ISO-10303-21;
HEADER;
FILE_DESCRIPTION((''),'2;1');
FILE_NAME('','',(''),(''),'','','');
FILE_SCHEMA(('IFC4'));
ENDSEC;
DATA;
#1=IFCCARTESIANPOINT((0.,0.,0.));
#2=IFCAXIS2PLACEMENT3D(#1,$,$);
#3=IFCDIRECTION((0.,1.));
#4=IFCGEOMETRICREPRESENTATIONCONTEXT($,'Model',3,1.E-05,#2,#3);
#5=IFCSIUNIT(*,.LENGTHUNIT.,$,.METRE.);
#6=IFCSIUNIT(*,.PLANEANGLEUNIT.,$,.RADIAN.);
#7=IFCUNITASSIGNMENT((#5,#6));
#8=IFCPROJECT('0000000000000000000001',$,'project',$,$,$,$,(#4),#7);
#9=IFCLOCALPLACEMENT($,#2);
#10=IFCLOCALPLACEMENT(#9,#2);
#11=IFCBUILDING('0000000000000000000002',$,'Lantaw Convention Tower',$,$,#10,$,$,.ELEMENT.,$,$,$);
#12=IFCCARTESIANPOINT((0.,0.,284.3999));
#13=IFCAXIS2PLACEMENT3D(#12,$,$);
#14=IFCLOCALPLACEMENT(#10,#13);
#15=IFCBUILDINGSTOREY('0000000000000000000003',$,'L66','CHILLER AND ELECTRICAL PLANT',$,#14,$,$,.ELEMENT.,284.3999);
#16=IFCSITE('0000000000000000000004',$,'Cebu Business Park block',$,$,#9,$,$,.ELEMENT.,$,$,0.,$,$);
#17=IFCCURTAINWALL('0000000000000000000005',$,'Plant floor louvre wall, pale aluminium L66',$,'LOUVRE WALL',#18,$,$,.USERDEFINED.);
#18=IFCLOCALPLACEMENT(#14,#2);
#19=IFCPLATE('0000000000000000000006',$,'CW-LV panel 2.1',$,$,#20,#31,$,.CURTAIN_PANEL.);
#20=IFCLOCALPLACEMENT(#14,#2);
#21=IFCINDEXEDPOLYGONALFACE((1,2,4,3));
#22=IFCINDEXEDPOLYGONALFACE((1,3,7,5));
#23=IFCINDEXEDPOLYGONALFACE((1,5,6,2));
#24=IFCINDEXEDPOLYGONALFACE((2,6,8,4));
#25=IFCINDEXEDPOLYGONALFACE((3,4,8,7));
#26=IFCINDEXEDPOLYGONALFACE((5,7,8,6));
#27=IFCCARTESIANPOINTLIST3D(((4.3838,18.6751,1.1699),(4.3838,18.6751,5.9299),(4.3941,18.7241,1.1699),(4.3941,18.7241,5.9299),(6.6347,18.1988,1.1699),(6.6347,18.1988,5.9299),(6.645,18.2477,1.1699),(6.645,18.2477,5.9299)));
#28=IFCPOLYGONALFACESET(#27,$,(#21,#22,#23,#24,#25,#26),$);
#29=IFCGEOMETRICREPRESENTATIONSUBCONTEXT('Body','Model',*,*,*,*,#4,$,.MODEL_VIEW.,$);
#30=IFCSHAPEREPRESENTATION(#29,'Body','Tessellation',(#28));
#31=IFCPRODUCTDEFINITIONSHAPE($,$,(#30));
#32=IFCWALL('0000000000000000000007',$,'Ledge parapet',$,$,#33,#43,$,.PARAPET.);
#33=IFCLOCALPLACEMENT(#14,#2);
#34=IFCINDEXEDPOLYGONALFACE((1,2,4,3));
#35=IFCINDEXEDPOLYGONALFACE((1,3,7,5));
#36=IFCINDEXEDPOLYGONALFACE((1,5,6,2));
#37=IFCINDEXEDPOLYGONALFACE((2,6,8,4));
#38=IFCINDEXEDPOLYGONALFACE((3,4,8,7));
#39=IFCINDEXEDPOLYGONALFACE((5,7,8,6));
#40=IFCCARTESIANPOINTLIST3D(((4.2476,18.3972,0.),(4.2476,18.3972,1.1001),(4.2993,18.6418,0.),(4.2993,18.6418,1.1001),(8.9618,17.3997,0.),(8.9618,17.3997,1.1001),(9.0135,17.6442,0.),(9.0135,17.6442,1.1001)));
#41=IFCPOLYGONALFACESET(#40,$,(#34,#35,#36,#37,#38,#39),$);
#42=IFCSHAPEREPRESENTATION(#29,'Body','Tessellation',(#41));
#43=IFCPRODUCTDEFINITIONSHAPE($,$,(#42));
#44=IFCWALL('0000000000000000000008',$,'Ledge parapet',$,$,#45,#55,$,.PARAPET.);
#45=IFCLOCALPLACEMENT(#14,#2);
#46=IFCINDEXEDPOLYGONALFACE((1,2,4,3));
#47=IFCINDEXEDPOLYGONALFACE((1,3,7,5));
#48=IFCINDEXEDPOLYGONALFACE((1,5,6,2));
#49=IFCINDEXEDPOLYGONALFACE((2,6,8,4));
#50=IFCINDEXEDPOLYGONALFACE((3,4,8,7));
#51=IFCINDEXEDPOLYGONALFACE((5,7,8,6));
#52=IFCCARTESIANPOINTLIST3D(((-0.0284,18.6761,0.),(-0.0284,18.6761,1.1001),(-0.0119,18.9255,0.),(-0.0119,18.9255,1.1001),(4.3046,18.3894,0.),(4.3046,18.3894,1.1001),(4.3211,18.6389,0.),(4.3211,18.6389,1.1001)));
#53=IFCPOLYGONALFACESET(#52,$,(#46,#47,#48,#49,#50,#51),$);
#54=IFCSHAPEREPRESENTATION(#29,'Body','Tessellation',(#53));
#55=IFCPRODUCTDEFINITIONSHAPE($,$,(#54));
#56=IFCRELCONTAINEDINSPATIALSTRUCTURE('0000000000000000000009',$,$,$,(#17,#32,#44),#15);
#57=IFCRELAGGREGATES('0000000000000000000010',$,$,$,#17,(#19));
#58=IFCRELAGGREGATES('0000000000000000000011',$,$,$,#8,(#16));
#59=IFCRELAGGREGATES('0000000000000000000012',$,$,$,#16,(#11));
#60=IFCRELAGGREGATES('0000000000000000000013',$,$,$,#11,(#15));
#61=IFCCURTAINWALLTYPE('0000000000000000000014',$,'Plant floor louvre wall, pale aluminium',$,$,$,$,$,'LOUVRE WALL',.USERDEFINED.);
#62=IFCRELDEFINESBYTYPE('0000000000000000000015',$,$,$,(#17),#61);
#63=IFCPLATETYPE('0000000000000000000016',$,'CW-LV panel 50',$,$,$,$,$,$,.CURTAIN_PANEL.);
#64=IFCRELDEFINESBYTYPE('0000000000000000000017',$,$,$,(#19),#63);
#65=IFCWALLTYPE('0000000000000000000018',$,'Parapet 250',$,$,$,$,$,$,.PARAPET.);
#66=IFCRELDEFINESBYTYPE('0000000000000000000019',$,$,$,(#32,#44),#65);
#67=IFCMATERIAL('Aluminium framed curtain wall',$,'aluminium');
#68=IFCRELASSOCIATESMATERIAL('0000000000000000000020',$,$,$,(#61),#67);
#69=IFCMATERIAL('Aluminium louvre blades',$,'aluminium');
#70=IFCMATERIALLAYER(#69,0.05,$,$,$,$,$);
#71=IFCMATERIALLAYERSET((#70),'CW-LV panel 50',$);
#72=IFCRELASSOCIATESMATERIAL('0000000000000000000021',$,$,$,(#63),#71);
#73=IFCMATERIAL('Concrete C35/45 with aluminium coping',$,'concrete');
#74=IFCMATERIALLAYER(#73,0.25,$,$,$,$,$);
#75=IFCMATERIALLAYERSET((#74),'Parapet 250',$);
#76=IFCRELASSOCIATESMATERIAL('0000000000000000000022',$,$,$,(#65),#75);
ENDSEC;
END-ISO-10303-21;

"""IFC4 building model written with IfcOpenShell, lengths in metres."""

from ifc_helpers import new_model, si_unit, direction, frame, frame_2d, origin, origin_2d, place, context, subcontext, project, spatial, rectangle, extrude, material, layer, layer_set, type_object, element, aggregate, save


model = new_model("IFC4")

# Units and contexts
model_context = context("Model", 3, precision=1e-05, world=origin(), true_north=direction((0.0, 1.0)))
body_context = subcontext(model_context, "Body", "Model", "MODEL_VIEW")
ifc_project = project(units=[si_unit("LENGTHUNIT", "METRE"), si_unit("PLANEANGLEUNIT", "RADIAN")], contexts=[model_context])

# Site, building, storey
site_placement = place(None, origin())
site = spatial("IfcSite", under=ifc_project, at=site_placement, Name="Cebu Business Park block", CompositionType="ELEMENT", RefElevation=0.0)
building_placement = place(site_placement, origin())
building = spatial("IfcBuilding", under=site, at=building_placement, Name="Lantaw Convention Tower", CompositionType="ELEMENT")
storey_placement = place(building_placement, frame((0.0, 0.0, 284.3999)))
storey = spatial("IfcBuildingStorey", under=building, at=storey_placement, Name="L66", Description="CHILLER AND ELECTRICAL PLANT", CompositionType="ELEMENT", Elevation=284.3999)

# Curtain wall
ifc_material_1 = material(Name="Aluminium framed curtain wall", Category="aluminium")
curtain_wall_type = type_object("IfcCurtainWallType", Name="Plant floor louvre wall, pale aluminium", ElementType="LOUVRE WALL", PredefinedType="USERDEFINED", material=ifc_material_1)
curtain_wall_1_placement = place(storey_placement, origin())
curtain_wall_1 = element("IfcCurtainWall", 1, at=curtain_wall_1_placement, inside=storey, type_object=curtain_wall_type, Name="Plant floor louvre wall, pale aluminium L66", ObjectType="LOUVRE WALL", PredefinedType="USERDEFINED")

# Plate
ifc_material_2 = material(Name="Aluminium louvre blades", Category="aluminium")
ifc_layer_1 = layer(ifc_material_2, 0.05)
ifc_layer_set_1 = layer_set([ifc_layer_1], Name="CW-LV panel 50")
plate_type = type_object("IfcPlateType", Name="CW-LV panel 50", PredefinedType="CURTAIN_PANEL", material=ifc_layer_set_1)
plate_1_placement = place(storey_placement, frame((5.5144, 18.4614, 1.1699), z_axis=(0.0, 0.0, 1.0), x_axis=(-0.978332, 0.20704, 0.0)))
plate_1 = element("IfcPlate", 2, at=plate_1_placement, type_object=plate_type, Name="CW-LV panel 2.1", PredefinedType="CURTAIN_PANEL", context=body_context, shape_type="SweptSolid", body=[
    extrude(rectangle(XDim=2.3008, YDim=0.05, at=origin_2d()), origin(), (0.0, 0.0, 1.0), 4.76),
])
aggregate(curtain_wall_1, [plate_1])

# Walls
ifc_material_3 = material(Name="Concrete C35/45 with aluminium coping", Category="concrete")
ifc_layer_2 = layer(ifc_material_3, 0.25)
ifc_layer_set_2 = layer_set([ifc_layer_2], Name="Parapet 250")
wall_type = type_object("IfcWallType", Name="Parapet 250", PredefinedType="PARAPET", material=ifc_layer_set_2)
wall_1_placement = place(storey_placement, frame((8.9875, 17.522, 0.0), z_axis=(0.0, 0.0, 1.0), x_axis=(-0.978335, 0.207027, 0.0)))
element("IfcWall", 3, at=wall_1_placement, inside=storey, type_object=wall_type, Name="Ledge parapet", PredefinedType="PARAPET", context=body_context, shape_type="SweptSolid", body=[
    extrude(rectangle(XDim=4.8186, YDim=0.25, at=frame_2d((2.4092, 0.0))), origin(), (0.0, 0.0, 1.0), 1.1001),
])
wall_2_placement = place(storey_placement, frame((4.313, 18.5142, 0.0), z_axis=(0.0, 0.0, 1.0), x_axis=(-0.997819, 0.066004, 0.0)))
element("IfcWall", 4, at=wall_2_placement, inside=storey, type_object=wall_type, Name="Ledge parapet", PredefinedType="PARAPET", context=body_context, shape_type="SweptSolid", body=[
    extrude(rectangle(XDim=4.3425, YDim=0.25, at=frame_2d((2.1714, 0.0))), origin(), (0.0, 0.0, 1.0), 1.1001),
])

save(model, "model.ifc")
